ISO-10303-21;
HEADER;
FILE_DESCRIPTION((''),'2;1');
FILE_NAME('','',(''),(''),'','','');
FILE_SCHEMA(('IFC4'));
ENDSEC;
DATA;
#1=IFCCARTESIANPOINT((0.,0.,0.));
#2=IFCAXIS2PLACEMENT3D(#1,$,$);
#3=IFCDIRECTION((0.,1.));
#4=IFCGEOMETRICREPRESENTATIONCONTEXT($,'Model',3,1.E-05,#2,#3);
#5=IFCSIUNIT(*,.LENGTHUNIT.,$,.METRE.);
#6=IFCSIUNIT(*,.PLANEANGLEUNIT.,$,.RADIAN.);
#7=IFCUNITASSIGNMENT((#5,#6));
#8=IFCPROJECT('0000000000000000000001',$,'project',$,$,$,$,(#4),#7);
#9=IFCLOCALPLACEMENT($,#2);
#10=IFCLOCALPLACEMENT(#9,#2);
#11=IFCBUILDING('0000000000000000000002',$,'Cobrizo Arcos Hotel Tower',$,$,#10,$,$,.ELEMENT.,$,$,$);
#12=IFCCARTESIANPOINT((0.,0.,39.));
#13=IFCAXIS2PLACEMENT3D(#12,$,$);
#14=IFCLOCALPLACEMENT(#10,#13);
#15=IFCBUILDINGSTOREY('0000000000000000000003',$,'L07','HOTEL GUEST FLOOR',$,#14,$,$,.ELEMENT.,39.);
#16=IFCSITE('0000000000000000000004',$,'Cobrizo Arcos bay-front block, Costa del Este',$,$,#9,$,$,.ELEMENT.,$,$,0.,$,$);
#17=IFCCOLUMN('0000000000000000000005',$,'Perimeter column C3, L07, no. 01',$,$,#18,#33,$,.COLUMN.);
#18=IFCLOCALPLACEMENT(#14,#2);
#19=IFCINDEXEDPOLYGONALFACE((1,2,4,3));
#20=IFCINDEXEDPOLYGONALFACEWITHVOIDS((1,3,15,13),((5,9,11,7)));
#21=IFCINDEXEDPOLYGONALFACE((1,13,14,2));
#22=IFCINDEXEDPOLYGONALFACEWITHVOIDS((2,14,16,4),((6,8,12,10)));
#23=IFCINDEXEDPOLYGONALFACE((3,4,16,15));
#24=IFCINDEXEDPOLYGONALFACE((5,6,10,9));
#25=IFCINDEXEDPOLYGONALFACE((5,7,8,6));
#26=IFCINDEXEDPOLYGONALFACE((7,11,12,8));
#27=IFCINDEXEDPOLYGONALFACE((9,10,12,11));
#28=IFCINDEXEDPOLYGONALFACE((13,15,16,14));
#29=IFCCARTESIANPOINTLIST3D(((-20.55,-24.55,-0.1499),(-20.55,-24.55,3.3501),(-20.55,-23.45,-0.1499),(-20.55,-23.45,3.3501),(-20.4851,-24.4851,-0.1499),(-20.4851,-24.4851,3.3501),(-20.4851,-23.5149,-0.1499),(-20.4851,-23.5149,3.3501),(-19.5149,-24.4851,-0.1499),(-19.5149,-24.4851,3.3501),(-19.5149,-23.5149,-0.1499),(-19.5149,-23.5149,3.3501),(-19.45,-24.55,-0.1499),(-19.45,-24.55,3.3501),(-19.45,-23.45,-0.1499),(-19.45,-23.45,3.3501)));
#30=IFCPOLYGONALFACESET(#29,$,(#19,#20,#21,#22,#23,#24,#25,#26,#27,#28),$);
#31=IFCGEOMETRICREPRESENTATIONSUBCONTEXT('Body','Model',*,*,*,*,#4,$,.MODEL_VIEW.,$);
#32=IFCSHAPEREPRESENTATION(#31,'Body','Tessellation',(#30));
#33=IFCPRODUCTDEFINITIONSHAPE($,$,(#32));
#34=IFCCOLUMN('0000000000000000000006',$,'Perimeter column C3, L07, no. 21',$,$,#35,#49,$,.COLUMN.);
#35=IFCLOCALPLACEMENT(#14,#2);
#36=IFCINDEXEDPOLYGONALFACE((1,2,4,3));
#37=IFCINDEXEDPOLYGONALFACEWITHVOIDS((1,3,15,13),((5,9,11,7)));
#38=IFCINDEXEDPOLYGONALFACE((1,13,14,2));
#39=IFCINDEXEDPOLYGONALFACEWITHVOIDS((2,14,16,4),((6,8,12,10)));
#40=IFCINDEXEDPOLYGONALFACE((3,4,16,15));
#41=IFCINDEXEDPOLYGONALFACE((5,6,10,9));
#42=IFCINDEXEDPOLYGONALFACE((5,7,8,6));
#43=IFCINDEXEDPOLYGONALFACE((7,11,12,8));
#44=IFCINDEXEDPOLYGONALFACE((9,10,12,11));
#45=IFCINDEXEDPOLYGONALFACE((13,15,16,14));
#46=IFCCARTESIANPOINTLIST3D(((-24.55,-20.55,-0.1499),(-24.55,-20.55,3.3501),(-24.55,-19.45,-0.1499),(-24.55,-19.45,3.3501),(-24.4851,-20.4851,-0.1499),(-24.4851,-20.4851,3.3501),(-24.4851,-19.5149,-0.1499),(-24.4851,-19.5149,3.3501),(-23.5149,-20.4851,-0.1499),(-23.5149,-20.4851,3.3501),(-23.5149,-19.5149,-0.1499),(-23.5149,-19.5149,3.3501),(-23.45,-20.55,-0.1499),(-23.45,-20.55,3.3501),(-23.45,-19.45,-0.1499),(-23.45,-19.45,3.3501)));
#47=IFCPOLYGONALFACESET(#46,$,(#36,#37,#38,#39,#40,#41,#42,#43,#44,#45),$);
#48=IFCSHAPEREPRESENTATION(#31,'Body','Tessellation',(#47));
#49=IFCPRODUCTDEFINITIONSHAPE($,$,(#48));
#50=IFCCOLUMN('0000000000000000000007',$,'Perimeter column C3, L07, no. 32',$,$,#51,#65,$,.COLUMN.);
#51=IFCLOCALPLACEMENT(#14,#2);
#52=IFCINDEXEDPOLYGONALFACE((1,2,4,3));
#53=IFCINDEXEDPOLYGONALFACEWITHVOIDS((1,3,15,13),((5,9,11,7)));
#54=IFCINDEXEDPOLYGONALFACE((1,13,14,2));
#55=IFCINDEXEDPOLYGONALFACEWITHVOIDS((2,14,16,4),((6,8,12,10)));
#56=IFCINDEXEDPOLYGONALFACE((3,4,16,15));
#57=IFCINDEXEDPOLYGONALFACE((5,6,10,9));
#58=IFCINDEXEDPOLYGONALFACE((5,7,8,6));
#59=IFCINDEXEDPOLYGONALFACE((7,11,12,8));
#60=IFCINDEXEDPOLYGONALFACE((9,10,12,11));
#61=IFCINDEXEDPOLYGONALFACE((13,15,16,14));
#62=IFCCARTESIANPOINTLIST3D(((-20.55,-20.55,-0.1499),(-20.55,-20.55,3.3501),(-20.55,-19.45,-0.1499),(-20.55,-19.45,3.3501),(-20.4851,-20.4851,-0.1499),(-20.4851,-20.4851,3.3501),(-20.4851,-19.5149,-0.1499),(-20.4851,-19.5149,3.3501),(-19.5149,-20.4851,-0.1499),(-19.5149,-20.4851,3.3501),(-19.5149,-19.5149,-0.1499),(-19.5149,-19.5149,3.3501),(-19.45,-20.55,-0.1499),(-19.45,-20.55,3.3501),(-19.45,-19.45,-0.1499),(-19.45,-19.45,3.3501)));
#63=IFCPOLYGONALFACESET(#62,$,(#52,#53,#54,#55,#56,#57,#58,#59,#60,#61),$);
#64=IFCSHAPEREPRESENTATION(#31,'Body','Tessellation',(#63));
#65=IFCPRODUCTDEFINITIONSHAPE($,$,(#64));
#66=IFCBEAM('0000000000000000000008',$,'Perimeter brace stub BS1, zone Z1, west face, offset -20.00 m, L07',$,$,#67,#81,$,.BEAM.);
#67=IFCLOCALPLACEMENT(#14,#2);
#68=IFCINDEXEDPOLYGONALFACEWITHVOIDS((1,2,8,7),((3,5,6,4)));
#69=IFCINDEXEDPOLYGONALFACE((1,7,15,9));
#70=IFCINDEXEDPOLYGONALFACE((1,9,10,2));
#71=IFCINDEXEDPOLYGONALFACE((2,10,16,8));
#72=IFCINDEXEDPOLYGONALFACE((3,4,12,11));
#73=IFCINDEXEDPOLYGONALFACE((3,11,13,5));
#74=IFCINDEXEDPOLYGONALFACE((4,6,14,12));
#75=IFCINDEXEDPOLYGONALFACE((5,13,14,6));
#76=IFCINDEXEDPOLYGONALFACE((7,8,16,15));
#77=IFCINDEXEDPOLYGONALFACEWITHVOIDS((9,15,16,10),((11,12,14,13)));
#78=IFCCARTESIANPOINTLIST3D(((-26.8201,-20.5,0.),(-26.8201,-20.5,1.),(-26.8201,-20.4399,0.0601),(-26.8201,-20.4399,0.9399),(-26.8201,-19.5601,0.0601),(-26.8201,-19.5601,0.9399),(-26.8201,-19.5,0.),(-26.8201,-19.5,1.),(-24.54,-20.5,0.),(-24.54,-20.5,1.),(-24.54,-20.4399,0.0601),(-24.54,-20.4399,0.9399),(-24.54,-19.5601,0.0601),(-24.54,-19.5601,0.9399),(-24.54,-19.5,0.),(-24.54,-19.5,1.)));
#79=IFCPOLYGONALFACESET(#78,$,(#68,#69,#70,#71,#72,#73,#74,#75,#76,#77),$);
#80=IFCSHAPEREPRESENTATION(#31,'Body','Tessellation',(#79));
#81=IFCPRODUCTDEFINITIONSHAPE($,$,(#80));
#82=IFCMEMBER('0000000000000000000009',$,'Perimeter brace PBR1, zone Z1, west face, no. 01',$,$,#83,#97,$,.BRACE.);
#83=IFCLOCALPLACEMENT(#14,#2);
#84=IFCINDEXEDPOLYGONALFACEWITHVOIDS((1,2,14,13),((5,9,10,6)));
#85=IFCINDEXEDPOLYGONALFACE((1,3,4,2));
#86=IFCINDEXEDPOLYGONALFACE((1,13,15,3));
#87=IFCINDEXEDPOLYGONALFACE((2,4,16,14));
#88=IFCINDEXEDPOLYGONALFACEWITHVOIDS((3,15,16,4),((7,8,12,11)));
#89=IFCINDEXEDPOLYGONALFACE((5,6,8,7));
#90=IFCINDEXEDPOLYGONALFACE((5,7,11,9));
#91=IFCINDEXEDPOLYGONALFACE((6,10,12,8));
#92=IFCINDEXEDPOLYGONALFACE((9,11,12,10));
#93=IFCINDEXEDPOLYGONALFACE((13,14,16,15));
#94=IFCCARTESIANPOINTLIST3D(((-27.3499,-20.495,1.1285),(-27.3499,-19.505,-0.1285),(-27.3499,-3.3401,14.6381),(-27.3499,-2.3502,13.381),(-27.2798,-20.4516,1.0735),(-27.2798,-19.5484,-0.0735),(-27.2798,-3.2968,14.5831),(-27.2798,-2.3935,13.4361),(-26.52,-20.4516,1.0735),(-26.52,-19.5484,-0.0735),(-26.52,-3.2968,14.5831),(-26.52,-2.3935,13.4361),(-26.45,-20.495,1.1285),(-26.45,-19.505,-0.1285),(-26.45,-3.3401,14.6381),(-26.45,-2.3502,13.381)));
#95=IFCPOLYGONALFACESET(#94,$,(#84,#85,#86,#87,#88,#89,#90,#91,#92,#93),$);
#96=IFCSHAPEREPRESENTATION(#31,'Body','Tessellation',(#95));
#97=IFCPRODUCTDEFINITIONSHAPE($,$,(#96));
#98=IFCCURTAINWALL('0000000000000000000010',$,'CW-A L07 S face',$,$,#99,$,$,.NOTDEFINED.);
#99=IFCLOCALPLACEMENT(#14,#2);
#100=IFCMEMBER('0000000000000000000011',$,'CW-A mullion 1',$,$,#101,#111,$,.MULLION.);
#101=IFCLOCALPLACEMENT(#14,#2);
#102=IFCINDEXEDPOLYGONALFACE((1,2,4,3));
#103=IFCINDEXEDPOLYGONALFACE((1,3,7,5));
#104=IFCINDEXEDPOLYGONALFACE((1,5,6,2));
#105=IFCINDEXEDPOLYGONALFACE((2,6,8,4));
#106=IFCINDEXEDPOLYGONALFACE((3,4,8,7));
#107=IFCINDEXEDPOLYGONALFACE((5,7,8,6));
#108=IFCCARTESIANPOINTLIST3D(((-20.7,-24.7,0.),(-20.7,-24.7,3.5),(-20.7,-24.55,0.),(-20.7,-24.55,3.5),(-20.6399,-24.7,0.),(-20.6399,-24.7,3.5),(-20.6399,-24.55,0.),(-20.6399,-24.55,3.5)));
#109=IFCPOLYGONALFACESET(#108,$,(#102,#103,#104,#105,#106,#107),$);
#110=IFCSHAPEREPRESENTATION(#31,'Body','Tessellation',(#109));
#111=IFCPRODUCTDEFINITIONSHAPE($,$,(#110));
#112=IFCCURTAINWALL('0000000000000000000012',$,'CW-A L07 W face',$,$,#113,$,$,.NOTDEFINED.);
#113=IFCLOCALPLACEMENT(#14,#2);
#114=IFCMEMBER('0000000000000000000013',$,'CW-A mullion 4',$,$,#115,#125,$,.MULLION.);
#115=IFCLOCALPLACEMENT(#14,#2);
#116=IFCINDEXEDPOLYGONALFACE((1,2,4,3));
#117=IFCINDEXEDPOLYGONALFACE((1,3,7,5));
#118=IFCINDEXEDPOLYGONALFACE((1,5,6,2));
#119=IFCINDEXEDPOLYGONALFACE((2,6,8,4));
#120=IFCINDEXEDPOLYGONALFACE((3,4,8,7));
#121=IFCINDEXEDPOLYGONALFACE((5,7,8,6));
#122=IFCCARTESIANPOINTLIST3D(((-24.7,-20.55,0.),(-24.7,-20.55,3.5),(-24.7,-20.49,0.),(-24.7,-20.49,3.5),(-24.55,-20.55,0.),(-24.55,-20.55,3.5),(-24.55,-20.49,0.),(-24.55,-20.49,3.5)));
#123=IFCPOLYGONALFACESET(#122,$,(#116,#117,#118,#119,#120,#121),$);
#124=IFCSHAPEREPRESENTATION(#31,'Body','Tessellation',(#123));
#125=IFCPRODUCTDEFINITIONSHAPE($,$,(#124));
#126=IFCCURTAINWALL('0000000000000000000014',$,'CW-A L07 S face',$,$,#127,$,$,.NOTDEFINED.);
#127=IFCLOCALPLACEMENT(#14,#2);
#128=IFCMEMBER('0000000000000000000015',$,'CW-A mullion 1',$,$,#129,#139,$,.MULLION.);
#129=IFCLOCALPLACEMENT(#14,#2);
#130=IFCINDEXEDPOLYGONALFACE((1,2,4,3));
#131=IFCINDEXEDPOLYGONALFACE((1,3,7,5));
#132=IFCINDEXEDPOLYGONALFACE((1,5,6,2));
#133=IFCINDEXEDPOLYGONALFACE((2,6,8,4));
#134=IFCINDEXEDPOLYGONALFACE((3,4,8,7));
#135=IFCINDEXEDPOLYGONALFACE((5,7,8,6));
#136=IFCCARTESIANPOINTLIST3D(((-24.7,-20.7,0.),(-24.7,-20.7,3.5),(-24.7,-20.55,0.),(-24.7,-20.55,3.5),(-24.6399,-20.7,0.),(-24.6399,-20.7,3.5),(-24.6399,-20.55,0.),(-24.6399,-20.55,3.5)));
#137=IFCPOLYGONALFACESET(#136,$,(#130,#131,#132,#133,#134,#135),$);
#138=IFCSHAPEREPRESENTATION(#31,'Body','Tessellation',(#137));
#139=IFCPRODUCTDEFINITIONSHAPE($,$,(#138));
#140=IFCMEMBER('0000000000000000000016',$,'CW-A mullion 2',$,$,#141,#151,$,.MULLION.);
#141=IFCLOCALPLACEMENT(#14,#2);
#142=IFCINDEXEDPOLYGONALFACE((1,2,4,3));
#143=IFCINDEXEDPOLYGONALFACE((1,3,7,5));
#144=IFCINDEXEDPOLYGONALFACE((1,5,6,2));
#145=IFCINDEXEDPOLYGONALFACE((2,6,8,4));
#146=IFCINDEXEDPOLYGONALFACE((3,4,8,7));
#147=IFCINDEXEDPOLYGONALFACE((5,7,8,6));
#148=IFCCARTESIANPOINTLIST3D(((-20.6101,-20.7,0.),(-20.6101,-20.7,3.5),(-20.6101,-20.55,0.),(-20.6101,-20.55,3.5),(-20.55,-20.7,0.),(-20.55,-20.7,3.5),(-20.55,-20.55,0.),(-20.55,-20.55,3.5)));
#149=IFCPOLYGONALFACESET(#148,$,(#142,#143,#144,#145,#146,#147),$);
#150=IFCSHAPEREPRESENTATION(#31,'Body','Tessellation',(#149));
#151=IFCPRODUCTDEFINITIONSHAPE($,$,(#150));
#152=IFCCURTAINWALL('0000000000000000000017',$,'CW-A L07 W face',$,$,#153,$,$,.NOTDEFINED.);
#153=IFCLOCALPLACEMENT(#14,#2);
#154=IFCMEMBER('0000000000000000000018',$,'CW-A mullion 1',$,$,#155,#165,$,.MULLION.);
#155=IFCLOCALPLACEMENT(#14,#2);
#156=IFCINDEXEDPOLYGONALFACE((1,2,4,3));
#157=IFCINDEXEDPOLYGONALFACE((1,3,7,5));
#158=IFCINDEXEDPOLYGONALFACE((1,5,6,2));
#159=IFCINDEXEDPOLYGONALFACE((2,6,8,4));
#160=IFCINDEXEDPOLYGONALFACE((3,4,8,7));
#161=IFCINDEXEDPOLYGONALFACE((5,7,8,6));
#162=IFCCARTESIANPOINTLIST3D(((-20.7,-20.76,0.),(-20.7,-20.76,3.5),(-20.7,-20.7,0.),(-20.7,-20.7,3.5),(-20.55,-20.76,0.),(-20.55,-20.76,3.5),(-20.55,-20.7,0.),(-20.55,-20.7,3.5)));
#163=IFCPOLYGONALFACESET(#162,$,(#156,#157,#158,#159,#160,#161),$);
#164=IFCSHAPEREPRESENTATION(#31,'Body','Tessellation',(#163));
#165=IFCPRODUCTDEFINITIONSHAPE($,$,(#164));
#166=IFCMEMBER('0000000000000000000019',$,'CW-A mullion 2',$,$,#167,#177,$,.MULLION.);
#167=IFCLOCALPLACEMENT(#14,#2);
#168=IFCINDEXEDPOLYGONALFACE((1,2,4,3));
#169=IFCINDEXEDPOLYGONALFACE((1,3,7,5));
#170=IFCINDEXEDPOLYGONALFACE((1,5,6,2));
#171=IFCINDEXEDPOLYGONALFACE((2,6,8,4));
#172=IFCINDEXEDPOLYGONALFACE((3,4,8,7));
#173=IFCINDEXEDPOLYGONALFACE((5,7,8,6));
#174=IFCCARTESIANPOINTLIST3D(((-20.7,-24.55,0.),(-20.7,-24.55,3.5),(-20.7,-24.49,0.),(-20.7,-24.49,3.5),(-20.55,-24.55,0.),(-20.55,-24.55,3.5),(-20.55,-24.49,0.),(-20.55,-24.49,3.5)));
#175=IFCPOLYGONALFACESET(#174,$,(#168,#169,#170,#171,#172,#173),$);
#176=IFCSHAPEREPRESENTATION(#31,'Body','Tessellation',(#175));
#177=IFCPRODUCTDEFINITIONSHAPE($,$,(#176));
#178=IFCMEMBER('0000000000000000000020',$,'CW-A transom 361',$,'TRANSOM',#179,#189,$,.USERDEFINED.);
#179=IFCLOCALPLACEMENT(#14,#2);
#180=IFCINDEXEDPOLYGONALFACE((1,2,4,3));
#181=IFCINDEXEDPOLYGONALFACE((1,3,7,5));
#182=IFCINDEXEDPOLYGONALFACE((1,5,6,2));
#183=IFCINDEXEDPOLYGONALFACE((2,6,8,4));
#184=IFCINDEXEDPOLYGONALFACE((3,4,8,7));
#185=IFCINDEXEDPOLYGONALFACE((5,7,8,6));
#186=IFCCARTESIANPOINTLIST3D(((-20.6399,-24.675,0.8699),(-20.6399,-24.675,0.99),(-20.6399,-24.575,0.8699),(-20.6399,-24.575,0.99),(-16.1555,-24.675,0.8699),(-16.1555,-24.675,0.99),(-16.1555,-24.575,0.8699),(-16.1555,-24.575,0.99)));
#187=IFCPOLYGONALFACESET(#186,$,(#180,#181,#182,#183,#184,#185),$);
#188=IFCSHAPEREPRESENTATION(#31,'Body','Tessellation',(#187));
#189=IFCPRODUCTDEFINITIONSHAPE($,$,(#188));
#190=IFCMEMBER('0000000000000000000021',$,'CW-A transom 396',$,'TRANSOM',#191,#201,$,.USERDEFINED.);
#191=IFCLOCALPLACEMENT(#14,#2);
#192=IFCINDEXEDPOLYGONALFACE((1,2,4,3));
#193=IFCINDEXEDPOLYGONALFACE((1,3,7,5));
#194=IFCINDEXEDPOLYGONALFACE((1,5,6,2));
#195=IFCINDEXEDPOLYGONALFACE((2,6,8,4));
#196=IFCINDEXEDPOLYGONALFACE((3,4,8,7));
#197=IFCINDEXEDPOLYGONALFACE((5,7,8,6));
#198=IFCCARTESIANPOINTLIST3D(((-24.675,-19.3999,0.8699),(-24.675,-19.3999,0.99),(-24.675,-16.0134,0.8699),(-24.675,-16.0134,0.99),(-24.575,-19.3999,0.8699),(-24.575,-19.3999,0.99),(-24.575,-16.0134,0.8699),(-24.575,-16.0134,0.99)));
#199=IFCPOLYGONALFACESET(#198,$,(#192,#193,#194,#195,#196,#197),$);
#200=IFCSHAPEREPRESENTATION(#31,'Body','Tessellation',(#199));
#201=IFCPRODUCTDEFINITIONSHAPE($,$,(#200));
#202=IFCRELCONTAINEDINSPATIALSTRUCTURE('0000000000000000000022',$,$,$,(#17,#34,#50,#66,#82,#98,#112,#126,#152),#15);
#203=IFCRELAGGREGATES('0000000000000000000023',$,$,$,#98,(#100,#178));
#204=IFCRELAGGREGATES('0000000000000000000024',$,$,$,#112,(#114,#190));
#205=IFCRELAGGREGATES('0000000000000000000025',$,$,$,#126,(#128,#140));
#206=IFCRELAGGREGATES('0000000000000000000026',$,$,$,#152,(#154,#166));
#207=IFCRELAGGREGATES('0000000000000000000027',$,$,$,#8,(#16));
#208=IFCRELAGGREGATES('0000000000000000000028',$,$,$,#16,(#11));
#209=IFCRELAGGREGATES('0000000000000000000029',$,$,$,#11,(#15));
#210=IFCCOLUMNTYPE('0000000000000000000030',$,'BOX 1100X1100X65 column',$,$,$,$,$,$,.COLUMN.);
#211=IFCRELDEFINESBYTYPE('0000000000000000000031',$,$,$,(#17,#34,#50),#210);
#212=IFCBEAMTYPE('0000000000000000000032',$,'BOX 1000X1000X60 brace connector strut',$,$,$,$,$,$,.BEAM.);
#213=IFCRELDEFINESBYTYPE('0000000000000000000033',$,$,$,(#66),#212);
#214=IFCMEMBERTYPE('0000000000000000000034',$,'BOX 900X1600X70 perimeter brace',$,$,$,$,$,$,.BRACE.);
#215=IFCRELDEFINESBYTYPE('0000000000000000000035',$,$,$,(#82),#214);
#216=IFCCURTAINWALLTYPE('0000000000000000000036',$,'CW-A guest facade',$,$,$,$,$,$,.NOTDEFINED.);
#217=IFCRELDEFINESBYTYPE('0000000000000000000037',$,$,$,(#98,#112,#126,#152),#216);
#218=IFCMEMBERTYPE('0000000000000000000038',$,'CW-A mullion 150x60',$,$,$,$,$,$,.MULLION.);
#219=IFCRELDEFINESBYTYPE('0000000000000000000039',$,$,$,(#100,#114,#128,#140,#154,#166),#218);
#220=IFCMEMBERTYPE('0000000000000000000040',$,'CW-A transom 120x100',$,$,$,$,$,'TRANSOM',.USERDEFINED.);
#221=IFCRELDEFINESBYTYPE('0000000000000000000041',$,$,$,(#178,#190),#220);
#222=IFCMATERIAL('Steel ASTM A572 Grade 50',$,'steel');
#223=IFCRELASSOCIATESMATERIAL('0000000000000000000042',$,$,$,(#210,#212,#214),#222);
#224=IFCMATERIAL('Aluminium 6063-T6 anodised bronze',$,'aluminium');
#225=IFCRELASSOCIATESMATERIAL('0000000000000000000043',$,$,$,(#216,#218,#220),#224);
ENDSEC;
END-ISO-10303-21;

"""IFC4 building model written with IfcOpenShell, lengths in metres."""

from ifc_helpers import new_model, si_unit, direction, frame, origin, origin_2d, place, context, subcontext, project, spatial, rectangle, hollow_rectangle, extrude, material, material_profile, profile_set, type_object, element, aggregate, save


model = new_model("IFC4")

# Units and contexts
model_context = context("Model", 3, precision=1e-05, world=origin(), true_north=direction((0.0, 1.0)))
body_context = subcontext(model_context, "Body", "Model", "MODEL_VIEW")
ifc_project = project(units=[si_unit("LENGTHUNIT", "METRE"), si_unit("PLANEANGLEUNIT", "RADIAN")], contexts=[model_context])

# Site, building, storey
site_placement = place(None, origin())
site = spatial("IfcSite", under=ifc_project, at=site_placement, Name="Cobrizo Arcos bay-front block, Costa del Este", CompositionType="ELEMENT", RefElevation=0.0)
building_placement = place(site_placement, origin())
building = spatial("IfcBuilding", under=site, at=building_placement, Name="Cobrizo Arcos Hotel Tower", CompositionType="ELEMENT")
storey_placement = place(building_placement, frame((0.0, 0.0, 39.0)))
storey = spatial("IfcBuildingStorey", under=building, at=storey_placement, Name="L07", Description="HOTEL GUEST FLOOR", CompositionType="ELEMENT", Elevation=39.0)

# Columns
ifc_material_1 = material(Name="Steel ASTM A572 Grade 50", Category="steel")
ifc_material_profile_1 = material_profile(ifc_material_1, hollow_rectangle(XDim=1.1001, YDim=1.1001, WallThickness=0.0649, at=origin_2d()), Name="BOX 1100X1100X65")
ifc_profile_set_1 = profile_set([ifc_material_profile_1], Name="Steel ASTM A572 Grade 50")
column_type = type_object("IfcColumnType", Name="BOX 1100X1100X65 column", PredefinedType="COLUMN", material=ifc_profile_set_1)
for number, where, z_axis, x_axis, name in (
    (1, (-20.0, -24.0, -0.1499), (0.0, 0.0, 1.0), (1.0, 0.0, 0.0), "Perimeter column C3, L07, no. 01"),
    (2, (-24.0, -20.0, -0.1499), (0.0, 0.0, 1.0), (1.0, 0.0, 0.0), "Perimeter column C3, L07, no. 21"),
    (3, (-20.0, -20.0, -0.1499), (0.0, 0.0, 1.0), (1.0, 0.0, 0.0), "Perimeter column C3, L07, no. 32"),
):
    element("IfcColumn", number, at=place(storey_placement, frame(where, z_axis=z_axis, x_axis=x_axis)), inside=storey, type_object=column_type, Name=name, PredefinedType="COLUMN", context=body_context, shape_type="SweptSolid", body=[
        extrude(hollow_rectangle(XDim=1.1001, YDim=1.1001, WallThickness=0.0649, at=origin_2d()), origin(), (0.0, 0.0, 1.0), 3.5),
    ])

# Beam
ifc_material_profile_2 = material_profile(ifc_material_1, hollow_rectangle(XDim=1.0, YDim=1.0, WallThickness=0.0601, at=origin_2d()), Name="BOX 1000X1000X60")
ifc_profile_set_2 = profile_set([ifc_material_profile_2], Name="Steel ASTM A572 Grade 50")
beam_type_1 = type_object("IfcBeamType", Name="BOX 1000X1000X60 brace connector strut", PredefinedType="BEAM", material=ifc_profile_set_2)
beam_1_placement = place(storey_placement, frame((-24.54, -20.0, 0.5), z_axis=(-1.0, 0.0, 0.0), x_axis=(0.0, -1.0, 0.0)))
element("IfcBeam", 4, at=beam_1_placement, inside=storey, type_object=beam_type_1, Name="Perimeter brace stub BS1, zone Z1, west face, offset -20.00 m, L07", PredefinedType="BEAM", context=body_context, shape_type="SweptSolid", body=[
    extrude(hollow_rectangle(XDim=1.0, YDim=1.0, WallThickness=0.0601, at=origin_2d()), origin(), (0.0, 0.0, 1.0), 2.28),
])

# Member
ifc_material_profile_3 = material_profile(ifc_material_1, hollow_rectangle(XDim=0.8999, YDim=1.6001, WallThickness=0.0701, at=origin_2d()), Name="BOX 900X1600X70")
ifc_profile_set_3 = profile_set([ifc_material_profile_3], Name="Steel ASTM A572 Grade 50")
member_type_1 = type_object("IfcMemberType", Name="BOX 900X1600X70 perimeter brace", PredefinedType="BRACE", material=ifc_profile_set_3)
member_1_placement = place(storey_placement, frame((-26.8999, -20.0, 0.5), z_axis=(0.0, 0.785633, 0.618692), x_axis=(-1.0, 0.0, 0.0)))
element("IfcMember", 5, at=member_1_placement, inside=storey, type_object=member_type_1, Name="Perimeter brace PBR1, zone Z1, west face, no. 01", PredefinedType="BRACE", context=body_context, shape_type="SweptSolid", body=[
    extrude(hollow_rectangle(XDim=0.8999, YDim=1.6001, WallThickness=0.0701, at=origin_2d()), origin(), (0.0, 0.0, 1.0), 21.8357),
])

# Curtain walls, members
ifc_material_2 = material(Name="Aluminium 6063-T6 anodised bronze", Category="aluminium")
curtain_wall_type = type_object("IfcCurtainWallType", Name="CW-A guest facade", PredefinedType="NOTDEFINED", material=ifc_material_2)
curtain_wall_1_placement = place(storey_placement, origin())
curtain_wall_1 = element("IfcCurtainWall", 6, at=curtain_wall_1_placement, inside=storey, type_object=curtain_wall_type, Name="CW-A L07 S face", PredefinedType="NOTDEFINED")
ifc_material_profile_4 = material_profile(ifc_material_2, rectangle(XDim=0.1499, YDim=0.0601, at=origin_2d()), Name="CW-A mullion 150x60")
ifc_profile_set_4 = profile_set([ifc_material_profile_4], Name="Aluminium 6063-T6 anodised bronze")
member_type_2 = type_object("IfcMemberType", Name="CW-A mullion 150x60", PredefinedType="MULLION", material=ifc_profile_set_4)
member_2_placement = place(storey_placement, frame((-20.6699, -24.625, 0.0), z_axis=(0.0, 0.0, 1.0), x_axis=(0.0, -1.0, 0.0)))
member_2 = element("IfcMember", 7, at=member_2_placement, type_object=member_type_2, Name="CW-A mullion 1", PredefinedType="MULLION", context=body_context, shape_type="SweptSolid", body=[
    extrude(rectangle(XDim=0.1499, YDim=0.0601, at=origin_2d()), origin(), (0.0, 0.0, 1.0), 3.5),
])
curtain_wall_2_placement = place(storey_placement, origin())
curtain_wall_2 = element("IfcCurtainWall", 8, at=curtain_wall_2_placement, inside=storey, type_object=curtain_wall_type, Name="CW-A L07 W face", PredefinedType="NOTDEFINED")
member_3_placement = place(storey_placement, frame((-24.625, -20.52, 0.0), z_axis=(0.0, 0.0, 1.0), x_axis=(-1.0, 0.0, 0.0)))
member_3 = element("IfcMember", 9, at=member_3_placement, type_object=member_type_2, Name="CW-A mullion 4", PredefinedType="MULLION", context=body_context, shape_type="SweptSolid", body=[
    extrude(rectangle(XDim=0.1499, YDim=0.0601, at=origin_2d()), origin(), (0.0, 0.0, 1.0), 3.5),
])

# Curtain walls, members
curtain_wall_3_placement = place(storey_placement, origin())
curtain_wall_3 = element("IfcCurtainWall", 10, at=curtain_wall_3_placement, inside=storey, type_object=curtain_wall_type, Name="CW-A L07 S face", PredefinedType="NOTDEFINED")
member_4_placement = place(storey_placement, frame((-24.6699, -20.625, 0.0), z_axis=(0.0, 0.0, 1.0), x_axis=(0.0, -1.0, 0.0)))
member_4 = element("IfcMember", 11, at=member_4_placement, type_object=member_type_2, Name="CW-A mullion 1", PredefinedType="MULLION", context=body_context, shape_type="SweptSolid", body=[
    extrude(rectangle(XDim=0.1499, YDim=0.0601, at=origin_2d()), origin(), (0.0, 0.0, 1.0), 3.5),
])
member_5_placement = place(storey_placement, frame((-20.5801, -20.625, 0.0), z_axis=(0.0, 0.0, 1.0), x_axis=(0.0, -1.0, 0.0)))
member_5 = element("IfcMember", 12, at=member_5_placement, type_object=member_type_2, Name="CW-A mullion 2", PredefinedType="MULLION", context=body_context, shape_type="SweptSolid", body=[
    extrude(rectangle(XDim=0.1499, YDim=0.0601, at=origin_2d()), origin(), (0.0, 0.0, 1.0), 3.5),
])
curtain_wall_4_placement = place(storey_placement, origin())
curtain_wall_4 = element("IfcCurtainWall", 13, at=curtain_wall_4_placement, inside=storey, type_object=curtain_wall_type, Name="CW-A L07 W face", PredefinedType="NOTDEFINED")
member_6_placement = place(storey_placement, frame((-20.625, -20.73, 0.0), z_axis=(0.0, 0.0, 1.0), x_axis=(-1.0, 0.0, 0.0)))
member_6 = element("IfcMember", 14, at=member_6_placement, type_object=member_type_2, Name="CW-A mullion 1", PredefinedType="MULLION", context=body_context, shape_type="SweptSolid", body=[
    extrude(rectangle(XDim=0.1499, YDim=0.0601, at=origin_2d()), origin(), (0.0, 0.0, 1.0), 3.5),
])
member_7_placement = place(storey_placement, frame((-20.625, -24.52, 0.0), z_axis=(0.0, 0.0, 1.0), x_axis=(-1.0, 0.0, 0.0)))
member_7 = element("IfcMember", 15, at=member_7_placement, type_object=member_type_2, Name="CW-A mullion 2", PredefinedType="MULLION", context=body_context, shape_type="SweptSolid", body=[
    extrude(rectangle(XDim=0.1499, YDim=0.0601, at=origin_2d()), origin(), (0.0, 0.0, 1.0), 3.5),
])

# Members
ifc_material_profile_5 = material_profile(ifc_material_2, rectangle(XDim=0.1001, YDim=0.1201, at=origin_2d()), Name="CW-A transom 120x100")
ifc_profile_set_5 = profile_set([ifc_material_profile_5], Name="Aluminium 6063-T6 anodised bronze")
member_type_3 = type_object("IfcMemberType", Name="CW-A transom 120x100", ElementType="TRANSOM", PredefinedType="USERDEFINED", material=ifc_profile_set_5)
member_8_placement = place(storey_placement, frame((-20.6399, -24.625, 0.9299), z_axis=(1.0, 0.0, 0.0), x_axis=(0.0, 1.0, 0.0)))
member_8 = element("IfcMember", 16, at=member_8_placement, type_object=member_type_3, Name="CW-A transom 361", ObjectType="TRANSOM", PredefinedType="USERDEFINED", context=body_context, shape_type="SweptSolid", body=[
    extrude(rectangle(XDim=0.1001, YDim=0.1201, at=origin_2d()), origin(), (0.0, 0.0, 1.0), 4.4844),
])
member_9_placement = place(storey_placement, frame((-24.625, -16.0134, 0.9299), z_axis=(0.0, -1.0, 0.0), x_axis=(1.0, 0.0, 0.0)))
member_9 = element("IfcMember", 17, at=member_9_placement, type_object=member_type_3, Name="CW-A transom 396", ObjectType="TRANSOM", PredefinedType="USERDEFINED", context=body_context, shape_type="SweptSolid", body=[
    extrude(rectangle(XDim=0.1001, YDim=0.1201, at=origin_2d()), origin(), (0.0, 0.0, 1.0), 3.3865),
])

aggregate(curtain_wall_1, [member_2, member_8])
aggregate(curtain_wall_2, [member_3, member_9])
aggregate(curtain_wall_3, [member_4, member_5])
aggregate(curtain_wall_4, [member_6, member_7])

save(model, "model.ifc")
